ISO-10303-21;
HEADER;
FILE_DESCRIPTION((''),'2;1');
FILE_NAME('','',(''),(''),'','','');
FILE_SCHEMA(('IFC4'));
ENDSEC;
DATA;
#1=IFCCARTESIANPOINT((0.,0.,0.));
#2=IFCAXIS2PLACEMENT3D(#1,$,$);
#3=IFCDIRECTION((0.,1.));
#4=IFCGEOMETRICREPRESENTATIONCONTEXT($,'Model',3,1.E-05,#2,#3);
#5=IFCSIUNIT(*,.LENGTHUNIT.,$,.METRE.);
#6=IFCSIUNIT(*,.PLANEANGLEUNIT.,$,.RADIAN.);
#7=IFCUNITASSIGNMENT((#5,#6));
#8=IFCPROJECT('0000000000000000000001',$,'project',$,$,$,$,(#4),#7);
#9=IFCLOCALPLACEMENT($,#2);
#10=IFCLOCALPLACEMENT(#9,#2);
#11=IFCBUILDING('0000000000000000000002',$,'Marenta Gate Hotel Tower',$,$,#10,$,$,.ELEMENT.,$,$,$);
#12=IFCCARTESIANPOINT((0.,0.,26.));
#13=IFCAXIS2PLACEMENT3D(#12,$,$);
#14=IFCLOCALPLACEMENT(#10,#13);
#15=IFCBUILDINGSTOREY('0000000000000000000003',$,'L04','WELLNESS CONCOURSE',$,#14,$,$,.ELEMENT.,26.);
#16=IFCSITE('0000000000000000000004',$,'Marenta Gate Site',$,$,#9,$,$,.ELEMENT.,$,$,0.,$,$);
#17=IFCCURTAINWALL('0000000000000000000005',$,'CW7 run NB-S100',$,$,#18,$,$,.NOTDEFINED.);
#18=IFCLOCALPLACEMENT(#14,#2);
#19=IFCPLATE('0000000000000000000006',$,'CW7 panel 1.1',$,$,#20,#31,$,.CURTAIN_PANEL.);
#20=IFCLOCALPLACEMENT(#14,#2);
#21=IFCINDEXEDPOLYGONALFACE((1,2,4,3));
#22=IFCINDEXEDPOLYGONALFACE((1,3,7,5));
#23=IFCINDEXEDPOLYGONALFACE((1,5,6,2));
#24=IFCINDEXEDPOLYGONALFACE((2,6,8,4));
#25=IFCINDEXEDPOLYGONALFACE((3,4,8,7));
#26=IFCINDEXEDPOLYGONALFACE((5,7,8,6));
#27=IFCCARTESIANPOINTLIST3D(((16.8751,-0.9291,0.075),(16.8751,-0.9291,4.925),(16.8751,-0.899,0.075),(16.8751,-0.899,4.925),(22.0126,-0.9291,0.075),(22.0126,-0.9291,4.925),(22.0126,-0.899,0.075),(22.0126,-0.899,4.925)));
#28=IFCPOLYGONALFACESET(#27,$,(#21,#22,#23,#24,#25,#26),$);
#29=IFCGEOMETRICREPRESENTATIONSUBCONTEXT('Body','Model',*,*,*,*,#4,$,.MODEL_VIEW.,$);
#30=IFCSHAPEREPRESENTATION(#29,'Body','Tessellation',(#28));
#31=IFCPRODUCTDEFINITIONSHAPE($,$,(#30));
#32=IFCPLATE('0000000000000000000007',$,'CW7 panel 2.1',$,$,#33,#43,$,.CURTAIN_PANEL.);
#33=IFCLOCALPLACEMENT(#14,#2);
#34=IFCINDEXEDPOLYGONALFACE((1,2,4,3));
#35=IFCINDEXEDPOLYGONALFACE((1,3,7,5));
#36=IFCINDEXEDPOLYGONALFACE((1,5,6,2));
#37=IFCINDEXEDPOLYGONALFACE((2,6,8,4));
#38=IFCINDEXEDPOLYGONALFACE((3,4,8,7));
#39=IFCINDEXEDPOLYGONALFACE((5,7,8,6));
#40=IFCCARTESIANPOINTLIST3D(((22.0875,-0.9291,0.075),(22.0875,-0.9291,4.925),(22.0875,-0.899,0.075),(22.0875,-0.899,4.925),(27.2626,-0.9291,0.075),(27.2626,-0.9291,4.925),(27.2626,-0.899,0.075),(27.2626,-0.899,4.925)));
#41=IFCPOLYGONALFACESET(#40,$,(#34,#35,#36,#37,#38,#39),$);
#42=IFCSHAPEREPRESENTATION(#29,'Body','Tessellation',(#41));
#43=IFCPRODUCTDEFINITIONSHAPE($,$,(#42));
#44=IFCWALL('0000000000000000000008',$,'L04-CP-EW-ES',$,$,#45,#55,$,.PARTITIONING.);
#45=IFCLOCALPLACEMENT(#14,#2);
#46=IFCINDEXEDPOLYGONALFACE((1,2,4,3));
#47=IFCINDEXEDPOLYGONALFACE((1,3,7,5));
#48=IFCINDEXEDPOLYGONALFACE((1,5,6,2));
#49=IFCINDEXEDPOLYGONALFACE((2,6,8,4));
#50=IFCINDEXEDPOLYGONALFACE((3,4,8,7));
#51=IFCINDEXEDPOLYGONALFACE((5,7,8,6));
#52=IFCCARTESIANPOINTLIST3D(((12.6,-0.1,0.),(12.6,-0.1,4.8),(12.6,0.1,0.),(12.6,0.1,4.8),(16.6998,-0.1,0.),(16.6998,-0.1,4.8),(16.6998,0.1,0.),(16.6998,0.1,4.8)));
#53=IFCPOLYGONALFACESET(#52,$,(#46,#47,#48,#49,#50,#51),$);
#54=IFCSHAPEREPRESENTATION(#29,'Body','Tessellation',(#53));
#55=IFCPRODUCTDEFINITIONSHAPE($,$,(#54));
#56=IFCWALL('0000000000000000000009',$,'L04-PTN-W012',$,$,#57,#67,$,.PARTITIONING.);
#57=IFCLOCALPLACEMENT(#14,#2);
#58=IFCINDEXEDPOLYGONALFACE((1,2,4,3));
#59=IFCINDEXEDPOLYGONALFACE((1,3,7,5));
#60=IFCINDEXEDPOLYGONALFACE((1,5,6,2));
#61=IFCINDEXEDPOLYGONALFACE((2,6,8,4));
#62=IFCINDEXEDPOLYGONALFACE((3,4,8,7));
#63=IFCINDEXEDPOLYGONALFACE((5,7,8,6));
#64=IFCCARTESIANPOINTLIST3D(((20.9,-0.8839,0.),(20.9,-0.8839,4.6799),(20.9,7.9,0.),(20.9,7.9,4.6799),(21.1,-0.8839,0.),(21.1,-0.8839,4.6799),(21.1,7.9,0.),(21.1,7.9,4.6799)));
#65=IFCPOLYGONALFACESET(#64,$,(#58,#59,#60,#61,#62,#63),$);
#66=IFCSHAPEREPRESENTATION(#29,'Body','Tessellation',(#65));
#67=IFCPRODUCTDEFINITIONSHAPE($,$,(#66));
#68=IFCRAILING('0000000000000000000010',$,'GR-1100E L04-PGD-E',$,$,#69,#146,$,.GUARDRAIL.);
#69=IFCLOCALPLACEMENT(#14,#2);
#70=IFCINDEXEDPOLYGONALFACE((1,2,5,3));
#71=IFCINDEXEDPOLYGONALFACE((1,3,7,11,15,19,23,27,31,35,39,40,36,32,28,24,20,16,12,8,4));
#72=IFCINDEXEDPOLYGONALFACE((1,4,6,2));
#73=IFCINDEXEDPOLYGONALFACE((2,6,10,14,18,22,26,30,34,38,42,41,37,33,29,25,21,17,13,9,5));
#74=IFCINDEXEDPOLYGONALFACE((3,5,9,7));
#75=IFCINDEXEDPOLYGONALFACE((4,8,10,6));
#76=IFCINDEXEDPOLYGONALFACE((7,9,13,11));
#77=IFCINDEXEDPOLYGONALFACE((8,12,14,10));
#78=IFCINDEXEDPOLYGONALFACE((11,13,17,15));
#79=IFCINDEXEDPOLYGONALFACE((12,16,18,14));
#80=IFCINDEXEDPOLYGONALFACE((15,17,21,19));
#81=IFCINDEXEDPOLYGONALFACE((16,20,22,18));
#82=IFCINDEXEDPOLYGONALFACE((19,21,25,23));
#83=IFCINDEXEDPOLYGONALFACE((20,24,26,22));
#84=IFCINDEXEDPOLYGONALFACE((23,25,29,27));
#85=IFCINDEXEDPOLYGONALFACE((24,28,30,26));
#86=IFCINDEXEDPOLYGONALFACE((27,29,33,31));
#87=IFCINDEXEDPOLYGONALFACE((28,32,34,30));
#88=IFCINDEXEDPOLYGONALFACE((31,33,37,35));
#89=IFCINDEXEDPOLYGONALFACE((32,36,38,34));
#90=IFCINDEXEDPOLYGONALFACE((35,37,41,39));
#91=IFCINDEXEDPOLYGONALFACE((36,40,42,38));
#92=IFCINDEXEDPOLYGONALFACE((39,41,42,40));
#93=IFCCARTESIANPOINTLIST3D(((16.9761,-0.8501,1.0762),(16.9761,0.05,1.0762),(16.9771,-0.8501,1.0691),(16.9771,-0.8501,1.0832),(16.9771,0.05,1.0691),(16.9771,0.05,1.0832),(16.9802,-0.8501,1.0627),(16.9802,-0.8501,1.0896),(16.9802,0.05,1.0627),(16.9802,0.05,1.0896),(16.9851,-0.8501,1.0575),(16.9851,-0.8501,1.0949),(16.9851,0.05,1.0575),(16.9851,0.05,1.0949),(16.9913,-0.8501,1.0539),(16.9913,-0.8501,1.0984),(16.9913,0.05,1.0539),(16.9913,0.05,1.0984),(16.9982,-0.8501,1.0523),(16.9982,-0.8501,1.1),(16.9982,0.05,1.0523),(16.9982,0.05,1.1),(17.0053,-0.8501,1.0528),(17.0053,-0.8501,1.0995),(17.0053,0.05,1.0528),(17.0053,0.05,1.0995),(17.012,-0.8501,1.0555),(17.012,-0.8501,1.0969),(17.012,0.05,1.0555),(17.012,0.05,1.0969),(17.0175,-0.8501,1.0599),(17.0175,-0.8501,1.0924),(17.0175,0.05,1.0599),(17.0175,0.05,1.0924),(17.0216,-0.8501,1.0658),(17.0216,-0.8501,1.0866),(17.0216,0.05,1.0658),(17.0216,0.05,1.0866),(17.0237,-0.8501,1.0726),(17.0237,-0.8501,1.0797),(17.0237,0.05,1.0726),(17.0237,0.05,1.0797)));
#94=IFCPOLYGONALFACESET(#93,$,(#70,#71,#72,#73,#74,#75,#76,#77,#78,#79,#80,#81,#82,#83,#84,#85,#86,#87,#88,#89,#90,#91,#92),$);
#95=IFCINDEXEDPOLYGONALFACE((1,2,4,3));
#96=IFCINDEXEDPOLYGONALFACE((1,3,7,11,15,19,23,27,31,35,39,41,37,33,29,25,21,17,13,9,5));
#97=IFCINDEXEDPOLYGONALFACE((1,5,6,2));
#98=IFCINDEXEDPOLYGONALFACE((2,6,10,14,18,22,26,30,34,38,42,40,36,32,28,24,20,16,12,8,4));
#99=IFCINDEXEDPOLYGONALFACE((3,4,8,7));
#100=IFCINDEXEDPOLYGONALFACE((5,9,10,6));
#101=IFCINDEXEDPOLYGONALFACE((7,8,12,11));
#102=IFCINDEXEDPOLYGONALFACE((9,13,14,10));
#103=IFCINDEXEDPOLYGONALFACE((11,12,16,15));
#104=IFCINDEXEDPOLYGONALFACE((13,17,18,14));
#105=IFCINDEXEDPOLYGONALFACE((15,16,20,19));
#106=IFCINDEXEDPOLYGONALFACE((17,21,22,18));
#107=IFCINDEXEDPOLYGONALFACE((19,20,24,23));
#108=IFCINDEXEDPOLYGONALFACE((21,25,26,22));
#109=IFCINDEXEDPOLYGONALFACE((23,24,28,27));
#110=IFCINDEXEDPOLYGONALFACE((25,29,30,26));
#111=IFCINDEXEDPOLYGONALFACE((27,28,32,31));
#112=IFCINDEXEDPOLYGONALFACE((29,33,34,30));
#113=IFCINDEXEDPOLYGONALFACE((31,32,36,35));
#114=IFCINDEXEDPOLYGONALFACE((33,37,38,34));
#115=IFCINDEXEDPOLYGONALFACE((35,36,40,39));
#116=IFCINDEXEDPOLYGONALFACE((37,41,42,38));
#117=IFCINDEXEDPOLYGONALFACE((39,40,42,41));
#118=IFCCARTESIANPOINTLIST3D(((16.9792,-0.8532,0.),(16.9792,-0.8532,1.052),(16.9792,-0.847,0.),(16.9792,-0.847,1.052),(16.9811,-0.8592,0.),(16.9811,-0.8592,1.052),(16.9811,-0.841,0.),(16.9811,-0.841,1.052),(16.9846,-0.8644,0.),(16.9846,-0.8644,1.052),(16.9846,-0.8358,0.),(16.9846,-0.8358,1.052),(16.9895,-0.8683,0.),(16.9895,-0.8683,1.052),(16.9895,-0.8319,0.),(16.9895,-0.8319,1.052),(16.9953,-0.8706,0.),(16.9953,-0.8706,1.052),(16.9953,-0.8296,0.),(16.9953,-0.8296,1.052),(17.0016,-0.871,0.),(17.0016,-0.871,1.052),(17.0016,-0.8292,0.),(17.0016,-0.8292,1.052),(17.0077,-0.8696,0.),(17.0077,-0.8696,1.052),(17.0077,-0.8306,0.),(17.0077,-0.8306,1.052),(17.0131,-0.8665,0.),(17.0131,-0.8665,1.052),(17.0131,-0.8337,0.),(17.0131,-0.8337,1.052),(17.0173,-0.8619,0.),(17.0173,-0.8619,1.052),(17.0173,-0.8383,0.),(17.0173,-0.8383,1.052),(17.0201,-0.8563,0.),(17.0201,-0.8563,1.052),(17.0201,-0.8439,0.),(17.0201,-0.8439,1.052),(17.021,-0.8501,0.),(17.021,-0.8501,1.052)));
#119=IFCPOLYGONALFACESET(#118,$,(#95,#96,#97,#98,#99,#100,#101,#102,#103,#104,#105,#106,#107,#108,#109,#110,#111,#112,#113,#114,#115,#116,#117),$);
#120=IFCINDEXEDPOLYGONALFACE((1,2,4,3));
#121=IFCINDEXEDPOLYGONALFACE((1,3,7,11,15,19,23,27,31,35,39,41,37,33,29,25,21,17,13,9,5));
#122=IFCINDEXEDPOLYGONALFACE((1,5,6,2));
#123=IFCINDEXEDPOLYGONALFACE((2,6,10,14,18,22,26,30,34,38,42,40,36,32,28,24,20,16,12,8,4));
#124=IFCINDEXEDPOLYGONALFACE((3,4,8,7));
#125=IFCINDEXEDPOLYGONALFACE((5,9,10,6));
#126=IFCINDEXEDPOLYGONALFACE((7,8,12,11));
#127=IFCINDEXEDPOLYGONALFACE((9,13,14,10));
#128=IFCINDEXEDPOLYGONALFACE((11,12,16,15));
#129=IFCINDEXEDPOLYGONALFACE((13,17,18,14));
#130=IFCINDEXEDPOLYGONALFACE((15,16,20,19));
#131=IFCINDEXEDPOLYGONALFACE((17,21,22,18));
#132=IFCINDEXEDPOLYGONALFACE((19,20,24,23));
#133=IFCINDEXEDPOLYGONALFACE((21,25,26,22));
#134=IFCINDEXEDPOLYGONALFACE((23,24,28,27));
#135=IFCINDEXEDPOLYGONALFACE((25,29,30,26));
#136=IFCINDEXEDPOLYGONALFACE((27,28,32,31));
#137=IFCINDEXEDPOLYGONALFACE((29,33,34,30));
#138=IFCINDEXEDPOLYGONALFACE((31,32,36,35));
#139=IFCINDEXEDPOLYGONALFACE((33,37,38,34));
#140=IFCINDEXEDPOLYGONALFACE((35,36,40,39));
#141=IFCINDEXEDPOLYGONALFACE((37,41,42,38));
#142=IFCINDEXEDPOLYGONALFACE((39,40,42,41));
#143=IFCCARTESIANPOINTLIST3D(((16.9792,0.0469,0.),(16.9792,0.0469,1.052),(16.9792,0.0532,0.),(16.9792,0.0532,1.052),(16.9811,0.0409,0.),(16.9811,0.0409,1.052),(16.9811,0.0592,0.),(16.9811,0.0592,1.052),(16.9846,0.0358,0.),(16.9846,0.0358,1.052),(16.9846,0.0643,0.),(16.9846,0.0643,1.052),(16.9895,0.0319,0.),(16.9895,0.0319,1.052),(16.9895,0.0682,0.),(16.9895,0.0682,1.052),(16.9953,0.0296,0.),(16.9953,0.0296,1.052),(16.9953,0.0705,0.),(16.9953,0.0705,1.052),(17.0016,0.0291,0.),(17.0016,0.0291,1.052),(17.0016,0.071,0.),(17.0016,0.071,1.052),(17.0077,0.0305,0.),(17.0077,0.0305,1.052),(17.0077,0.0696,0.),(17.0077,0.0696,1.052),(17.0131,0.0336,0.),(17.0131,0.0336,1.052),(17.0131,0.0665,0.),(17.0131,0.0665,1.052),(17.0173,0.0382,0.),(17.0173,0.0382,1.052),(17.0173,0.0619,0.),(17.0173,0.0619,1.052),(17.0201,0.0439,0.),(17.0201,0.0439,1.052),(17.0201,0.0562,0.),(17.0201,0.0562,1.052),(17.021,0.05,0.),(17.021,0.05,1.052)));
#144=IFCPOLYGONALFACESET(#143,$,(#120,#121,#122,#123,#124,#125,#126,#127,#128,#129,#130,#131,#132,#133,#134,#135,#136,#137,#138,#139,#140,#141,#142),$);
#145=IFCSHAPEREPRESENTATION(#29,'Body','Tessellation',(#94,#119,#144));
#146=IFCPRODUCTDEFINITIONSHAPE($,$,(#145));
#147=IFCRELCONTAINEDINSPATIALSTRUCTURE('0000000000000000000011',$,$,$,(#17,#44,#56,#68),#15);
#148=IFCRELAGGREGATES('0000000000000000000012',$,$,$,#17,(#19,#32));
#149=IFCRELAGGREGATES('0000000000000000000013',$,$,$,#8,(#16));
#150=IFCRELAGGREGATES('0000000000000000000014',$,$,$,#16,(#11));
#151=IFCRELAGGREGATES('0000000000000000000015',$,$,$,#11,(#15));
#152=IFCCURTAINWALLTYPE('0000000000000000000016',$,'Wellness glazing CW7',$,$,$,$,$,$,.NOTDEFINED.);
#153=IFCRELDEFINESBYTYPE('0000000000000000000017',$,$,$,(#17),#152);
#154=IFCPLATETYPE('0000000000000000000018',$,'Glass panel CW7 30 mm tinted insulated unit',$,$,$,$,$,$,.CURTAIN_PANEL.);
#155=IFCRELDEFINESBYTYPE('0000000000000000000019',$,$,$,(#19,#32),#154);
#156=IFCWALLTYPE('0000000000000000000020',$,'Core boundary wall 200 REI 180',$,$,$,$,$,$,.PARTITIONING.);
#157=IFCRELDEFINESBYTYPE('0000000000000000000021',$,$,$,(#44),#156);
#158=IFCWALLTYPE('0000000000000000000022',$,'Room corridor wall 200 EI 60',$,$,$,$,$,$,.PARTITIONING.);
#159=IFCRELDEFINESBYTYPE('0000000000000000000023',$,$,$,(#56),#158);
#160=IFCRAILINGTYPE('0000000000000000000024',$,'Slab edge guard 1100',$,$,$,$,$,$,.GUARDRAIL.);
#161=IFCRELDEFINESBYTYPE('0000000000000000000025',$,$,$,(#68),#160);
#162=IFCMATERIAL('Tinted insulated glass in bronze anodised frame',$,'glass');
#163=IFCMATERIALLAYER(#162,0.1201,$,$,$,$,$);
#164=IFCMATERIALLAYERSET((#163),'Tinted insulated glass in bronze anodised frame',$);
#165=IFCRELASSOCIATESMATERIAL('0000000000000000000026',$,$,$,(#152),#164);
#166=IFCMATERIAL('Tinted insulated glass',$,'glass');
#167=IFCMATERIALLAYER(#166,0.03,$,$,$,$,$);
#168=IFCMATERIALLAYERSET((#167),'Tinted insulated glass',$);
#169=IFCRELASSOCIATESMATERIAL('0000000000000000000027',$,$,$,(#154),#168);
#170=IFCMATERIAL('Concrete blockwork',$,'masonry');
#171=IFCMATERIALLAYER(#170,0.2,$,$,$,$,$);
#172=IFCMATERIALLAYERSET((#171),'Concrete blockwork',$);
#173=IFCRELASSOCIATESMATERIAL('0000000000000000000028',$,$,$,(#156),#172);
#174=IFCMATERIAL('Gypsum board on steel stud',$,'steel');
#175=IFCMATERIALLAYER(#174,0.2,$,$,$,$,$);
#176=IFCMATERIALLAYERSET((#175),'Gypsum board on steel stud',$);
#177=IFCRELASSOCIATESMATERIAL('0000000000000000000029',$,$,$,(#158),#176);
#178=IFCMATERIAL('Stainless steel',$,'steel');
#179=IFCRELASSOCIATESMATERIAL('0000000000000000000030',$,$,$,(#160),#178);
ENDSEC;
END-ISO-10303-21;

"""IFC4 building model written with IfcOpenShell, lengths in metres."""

from ifc_helpers import new_model, si_unit, direction, frame, frame_2d, origin, origin_2d, place, context, subcontext, project, spatial, rectangle, circle, extrude, material, layer, layer_set, type_object, element, aggregate, save


model = new_model("IFC4")

# Units and contexts
model_context = context("Model", 3, precision=1e-05, world=origin(), true_north=direction((0.0, 1.0)))
body_context = subcontext(model_context, "Body", "Model", "MODEL_VIEW")
ifc_project = project(units=[si_unit("LENGTHUNIT", "METRE"), si_unit("PLANEANGLEUNIT", "RADIAN")], contexts=[model_context])

# Site, building, storey
site_placement = place(None, origin())
site = spatial("IfcSite", under=ifc_project, at=site_placement, Name="Marenta Gate Site", CompositionType="ELEMENT", RefElevation=0.0)
building_placement = place(site_placement, origin())
building = spatial("IfcBuilding", under=site, at=building_placement, Name="Marenta Gate Hotel Tower", CompositionType="ELEMENT")
storey_placement = place(building_placement, frame((0.0, 0.0, 26.0)))
storey = spatial("IfcBuildingStorey", under=building, at=storey_placement, Name="L04", Description="WELLNESS CONCOURSE", CompositionType="ELEMENT", Elevation=26.0)

# Curtain wall
ifc_material_1 = material(Name="Tinted insulated glass in bronze anodised frame", Category="glass")
ifc_layer_1 = layer(ifc_material_1, 0.1201)
ifc_layer_set_1 = layer_set([ifc_layer_1], Name="Tinted insulated glass in bronze anodised frame")
curtain_wall_type = type_object("IfcCurtainWallType", Name="Wellness glazing CW7", PredefinedType="NOTDEFINED", material=ifc_layer_set_1)
curtain_wall_placement = place(storey_placement, origin())
curtain_wall = element("IfcCurtainWall", 1, at=curtain_wall_placement, inside=storey, type_object=curtain_wall_type, Name="CW7 run NB-S100", PredefinedType="NOTDEFINED")

# Plates
ifc_material_2 = material(Name="Tinted insulated glass", Category="glass")
ifc_layer_2 = layer(ifc_material_2, 0.03)
ifc_layer_set_2 = layer_set([ifc_layer_2], Name="Tinted insulated glass")
plate_type = type_object("IfcPlateType", Name="Glass panel CW7 30 mm tinted insulated unit", PredefinedType="CURTAIN_PANEL", material=ifc_layer_set_2)
plate_1_placement = place(storey_placement, frame((19.4438, -0.9141, 0.075), z_axis=(0.0, 0.0, 1.0), x_axis=(1.0, 0.0, 0.0)))
plate_1 = element("IfcPlate", 2, at=plate_1_placement, type_object=plate_type, Name="CW7 panel 1.1", PredefinedType="CURTAIN_PANEL", context=body_context, shape_type="SweptSolid", body=[
    extrude(rectangle(XDim=5.1375, YDim=0.03, at=origin_2d()), origin(), (0.0, 0.0, 1.0), 4.8501),
])
plate_2_placement = place(storey_placement, frame((24.675, -0.9141, 0.075), z_axis=(0.0, 0.0, 1.0), x_axis=(1.0, 0.0, 0.0)))
plate_2 = element("IfcPlate", 3, at=plate_2_placement, type_object=plate_type, Name="CW7 panel 2.1", PredefinedType="CURTAIN_PANEL", context=body_context, shape_type="SweptSolid", body=[
    extrude(rectangle(XDim=5.175, YDim=0.03, at=origin_2d()), origin(), (0.0, 0.0, 1.0), 4.8501),
])
aggregate(curtain_wall, [plate_1, plate_2])

# Shared definitions
ifc_material_3 = material(Name="Concrete blockwork", Category="masonry")
ifc_layer_3 = layer(ifc_material_3, 0.2)
ifc_layer_set_3 = layer_set([ifc_layer_3], Name="Concrete blockwork")
wall_type_1 = type_object("IfcWallType", Name="Core boundary wall 200 REI 180", PredefinedType="PARTITIONING", material=ifc_layer_set_3)

# Walls
wall_1_placement = place(storey_placement, frame((12.6001, 0.0, 0.0), z_axis=(0.0, 0.0, 1.0), x_axis=(1.0, 0.0, 0.0)))
element("IfcWall", 4, at=wall_1_placement, inside=storey, type_object=wall_type_1, Name="L04-CP-EW-ES", PredefinedType="PARTITIONING", context=body_context, shape_type="SweptSolid", body=[
    extrude(rectangle(XDim=4.0999, YDim=0.2, at=frame_2d((2.0498, 0.0))), origin(), (0.0, 0.0, 1.0), 4.8),
])
ifc_material_4 = material(Name="Gypsum board on steel stud", Category="steel")
ifc_layer_4 = layer(ifc_material_4, 0.2)
ifc_layer_set_4 = layer_set([ifc_layer_4], Name="Gypsum board on steel stud")
wall_type_2 = type_object("IfcWallType", Name="Room corridor wall 200 EI 60", PredefinedType="PARTITIONING", material=ifc_layer_set_4)
wall_2_placement = place(storey_placement, frame((21.0, -0.884, 0.0), z_axis=(0.0, 0.0, 1.0), x_axis=(0.0, 1.0, 0.0)))
element("IfcWall", 5, at=wall_2_placement, inside=storey, type_object=wall_type_2, Name="L04-PTN-W012", PredefinedType="PARTITIONING", context=body_context, shape_type="SweptSolid", body=[
    extrude(rectangle(XDim=8.7839, YDim=0.2, at=frame_2d((4.3921, 0.0))), origin(), (0.0, 0.0, 1.0), 4.6799),
])

# Railing
ifc_material_5 = material(Name="Stainless steel", Category="steel")
railing_type = type_object("IfcRailingType", Name="Slab edge guard 1100", PredefinedType="GUARDRAIL", material=ifc_material_5)
railing_placement = place(storey_placement, frame((17.0, -0.8501, 0.0)))
element("IfcRailing", 6, at=railing_placement, inside=storey, type_object=railing_type, Name="GR-1100E L04-PGD-E", PredefinedType="GUARDRAIL", context=body_context, shape_type="SweptSolid", body=[
    extrude(circle(Radius=0.0239, at=origin_2d()), frame((0.0, 0.0, 1.0762), z_axis=(0.0, 1.0, 0.0), x_axis=(-1.0, 0.0, 0.0)), (0.0, 0.0, 1.0), 0.9001),
    extrude(circle(Radius=0.021, at=origin_2d()), origin(), (0.0, 0.0, 1.0), 1.052),
    extrude(circle(Radius=0.021, at=origin_2d()), frame((0.0, 0.9001, 0.0)), (0.0, 0.0, 1.0), 1.052),
])

save(model, "model.ifc")
